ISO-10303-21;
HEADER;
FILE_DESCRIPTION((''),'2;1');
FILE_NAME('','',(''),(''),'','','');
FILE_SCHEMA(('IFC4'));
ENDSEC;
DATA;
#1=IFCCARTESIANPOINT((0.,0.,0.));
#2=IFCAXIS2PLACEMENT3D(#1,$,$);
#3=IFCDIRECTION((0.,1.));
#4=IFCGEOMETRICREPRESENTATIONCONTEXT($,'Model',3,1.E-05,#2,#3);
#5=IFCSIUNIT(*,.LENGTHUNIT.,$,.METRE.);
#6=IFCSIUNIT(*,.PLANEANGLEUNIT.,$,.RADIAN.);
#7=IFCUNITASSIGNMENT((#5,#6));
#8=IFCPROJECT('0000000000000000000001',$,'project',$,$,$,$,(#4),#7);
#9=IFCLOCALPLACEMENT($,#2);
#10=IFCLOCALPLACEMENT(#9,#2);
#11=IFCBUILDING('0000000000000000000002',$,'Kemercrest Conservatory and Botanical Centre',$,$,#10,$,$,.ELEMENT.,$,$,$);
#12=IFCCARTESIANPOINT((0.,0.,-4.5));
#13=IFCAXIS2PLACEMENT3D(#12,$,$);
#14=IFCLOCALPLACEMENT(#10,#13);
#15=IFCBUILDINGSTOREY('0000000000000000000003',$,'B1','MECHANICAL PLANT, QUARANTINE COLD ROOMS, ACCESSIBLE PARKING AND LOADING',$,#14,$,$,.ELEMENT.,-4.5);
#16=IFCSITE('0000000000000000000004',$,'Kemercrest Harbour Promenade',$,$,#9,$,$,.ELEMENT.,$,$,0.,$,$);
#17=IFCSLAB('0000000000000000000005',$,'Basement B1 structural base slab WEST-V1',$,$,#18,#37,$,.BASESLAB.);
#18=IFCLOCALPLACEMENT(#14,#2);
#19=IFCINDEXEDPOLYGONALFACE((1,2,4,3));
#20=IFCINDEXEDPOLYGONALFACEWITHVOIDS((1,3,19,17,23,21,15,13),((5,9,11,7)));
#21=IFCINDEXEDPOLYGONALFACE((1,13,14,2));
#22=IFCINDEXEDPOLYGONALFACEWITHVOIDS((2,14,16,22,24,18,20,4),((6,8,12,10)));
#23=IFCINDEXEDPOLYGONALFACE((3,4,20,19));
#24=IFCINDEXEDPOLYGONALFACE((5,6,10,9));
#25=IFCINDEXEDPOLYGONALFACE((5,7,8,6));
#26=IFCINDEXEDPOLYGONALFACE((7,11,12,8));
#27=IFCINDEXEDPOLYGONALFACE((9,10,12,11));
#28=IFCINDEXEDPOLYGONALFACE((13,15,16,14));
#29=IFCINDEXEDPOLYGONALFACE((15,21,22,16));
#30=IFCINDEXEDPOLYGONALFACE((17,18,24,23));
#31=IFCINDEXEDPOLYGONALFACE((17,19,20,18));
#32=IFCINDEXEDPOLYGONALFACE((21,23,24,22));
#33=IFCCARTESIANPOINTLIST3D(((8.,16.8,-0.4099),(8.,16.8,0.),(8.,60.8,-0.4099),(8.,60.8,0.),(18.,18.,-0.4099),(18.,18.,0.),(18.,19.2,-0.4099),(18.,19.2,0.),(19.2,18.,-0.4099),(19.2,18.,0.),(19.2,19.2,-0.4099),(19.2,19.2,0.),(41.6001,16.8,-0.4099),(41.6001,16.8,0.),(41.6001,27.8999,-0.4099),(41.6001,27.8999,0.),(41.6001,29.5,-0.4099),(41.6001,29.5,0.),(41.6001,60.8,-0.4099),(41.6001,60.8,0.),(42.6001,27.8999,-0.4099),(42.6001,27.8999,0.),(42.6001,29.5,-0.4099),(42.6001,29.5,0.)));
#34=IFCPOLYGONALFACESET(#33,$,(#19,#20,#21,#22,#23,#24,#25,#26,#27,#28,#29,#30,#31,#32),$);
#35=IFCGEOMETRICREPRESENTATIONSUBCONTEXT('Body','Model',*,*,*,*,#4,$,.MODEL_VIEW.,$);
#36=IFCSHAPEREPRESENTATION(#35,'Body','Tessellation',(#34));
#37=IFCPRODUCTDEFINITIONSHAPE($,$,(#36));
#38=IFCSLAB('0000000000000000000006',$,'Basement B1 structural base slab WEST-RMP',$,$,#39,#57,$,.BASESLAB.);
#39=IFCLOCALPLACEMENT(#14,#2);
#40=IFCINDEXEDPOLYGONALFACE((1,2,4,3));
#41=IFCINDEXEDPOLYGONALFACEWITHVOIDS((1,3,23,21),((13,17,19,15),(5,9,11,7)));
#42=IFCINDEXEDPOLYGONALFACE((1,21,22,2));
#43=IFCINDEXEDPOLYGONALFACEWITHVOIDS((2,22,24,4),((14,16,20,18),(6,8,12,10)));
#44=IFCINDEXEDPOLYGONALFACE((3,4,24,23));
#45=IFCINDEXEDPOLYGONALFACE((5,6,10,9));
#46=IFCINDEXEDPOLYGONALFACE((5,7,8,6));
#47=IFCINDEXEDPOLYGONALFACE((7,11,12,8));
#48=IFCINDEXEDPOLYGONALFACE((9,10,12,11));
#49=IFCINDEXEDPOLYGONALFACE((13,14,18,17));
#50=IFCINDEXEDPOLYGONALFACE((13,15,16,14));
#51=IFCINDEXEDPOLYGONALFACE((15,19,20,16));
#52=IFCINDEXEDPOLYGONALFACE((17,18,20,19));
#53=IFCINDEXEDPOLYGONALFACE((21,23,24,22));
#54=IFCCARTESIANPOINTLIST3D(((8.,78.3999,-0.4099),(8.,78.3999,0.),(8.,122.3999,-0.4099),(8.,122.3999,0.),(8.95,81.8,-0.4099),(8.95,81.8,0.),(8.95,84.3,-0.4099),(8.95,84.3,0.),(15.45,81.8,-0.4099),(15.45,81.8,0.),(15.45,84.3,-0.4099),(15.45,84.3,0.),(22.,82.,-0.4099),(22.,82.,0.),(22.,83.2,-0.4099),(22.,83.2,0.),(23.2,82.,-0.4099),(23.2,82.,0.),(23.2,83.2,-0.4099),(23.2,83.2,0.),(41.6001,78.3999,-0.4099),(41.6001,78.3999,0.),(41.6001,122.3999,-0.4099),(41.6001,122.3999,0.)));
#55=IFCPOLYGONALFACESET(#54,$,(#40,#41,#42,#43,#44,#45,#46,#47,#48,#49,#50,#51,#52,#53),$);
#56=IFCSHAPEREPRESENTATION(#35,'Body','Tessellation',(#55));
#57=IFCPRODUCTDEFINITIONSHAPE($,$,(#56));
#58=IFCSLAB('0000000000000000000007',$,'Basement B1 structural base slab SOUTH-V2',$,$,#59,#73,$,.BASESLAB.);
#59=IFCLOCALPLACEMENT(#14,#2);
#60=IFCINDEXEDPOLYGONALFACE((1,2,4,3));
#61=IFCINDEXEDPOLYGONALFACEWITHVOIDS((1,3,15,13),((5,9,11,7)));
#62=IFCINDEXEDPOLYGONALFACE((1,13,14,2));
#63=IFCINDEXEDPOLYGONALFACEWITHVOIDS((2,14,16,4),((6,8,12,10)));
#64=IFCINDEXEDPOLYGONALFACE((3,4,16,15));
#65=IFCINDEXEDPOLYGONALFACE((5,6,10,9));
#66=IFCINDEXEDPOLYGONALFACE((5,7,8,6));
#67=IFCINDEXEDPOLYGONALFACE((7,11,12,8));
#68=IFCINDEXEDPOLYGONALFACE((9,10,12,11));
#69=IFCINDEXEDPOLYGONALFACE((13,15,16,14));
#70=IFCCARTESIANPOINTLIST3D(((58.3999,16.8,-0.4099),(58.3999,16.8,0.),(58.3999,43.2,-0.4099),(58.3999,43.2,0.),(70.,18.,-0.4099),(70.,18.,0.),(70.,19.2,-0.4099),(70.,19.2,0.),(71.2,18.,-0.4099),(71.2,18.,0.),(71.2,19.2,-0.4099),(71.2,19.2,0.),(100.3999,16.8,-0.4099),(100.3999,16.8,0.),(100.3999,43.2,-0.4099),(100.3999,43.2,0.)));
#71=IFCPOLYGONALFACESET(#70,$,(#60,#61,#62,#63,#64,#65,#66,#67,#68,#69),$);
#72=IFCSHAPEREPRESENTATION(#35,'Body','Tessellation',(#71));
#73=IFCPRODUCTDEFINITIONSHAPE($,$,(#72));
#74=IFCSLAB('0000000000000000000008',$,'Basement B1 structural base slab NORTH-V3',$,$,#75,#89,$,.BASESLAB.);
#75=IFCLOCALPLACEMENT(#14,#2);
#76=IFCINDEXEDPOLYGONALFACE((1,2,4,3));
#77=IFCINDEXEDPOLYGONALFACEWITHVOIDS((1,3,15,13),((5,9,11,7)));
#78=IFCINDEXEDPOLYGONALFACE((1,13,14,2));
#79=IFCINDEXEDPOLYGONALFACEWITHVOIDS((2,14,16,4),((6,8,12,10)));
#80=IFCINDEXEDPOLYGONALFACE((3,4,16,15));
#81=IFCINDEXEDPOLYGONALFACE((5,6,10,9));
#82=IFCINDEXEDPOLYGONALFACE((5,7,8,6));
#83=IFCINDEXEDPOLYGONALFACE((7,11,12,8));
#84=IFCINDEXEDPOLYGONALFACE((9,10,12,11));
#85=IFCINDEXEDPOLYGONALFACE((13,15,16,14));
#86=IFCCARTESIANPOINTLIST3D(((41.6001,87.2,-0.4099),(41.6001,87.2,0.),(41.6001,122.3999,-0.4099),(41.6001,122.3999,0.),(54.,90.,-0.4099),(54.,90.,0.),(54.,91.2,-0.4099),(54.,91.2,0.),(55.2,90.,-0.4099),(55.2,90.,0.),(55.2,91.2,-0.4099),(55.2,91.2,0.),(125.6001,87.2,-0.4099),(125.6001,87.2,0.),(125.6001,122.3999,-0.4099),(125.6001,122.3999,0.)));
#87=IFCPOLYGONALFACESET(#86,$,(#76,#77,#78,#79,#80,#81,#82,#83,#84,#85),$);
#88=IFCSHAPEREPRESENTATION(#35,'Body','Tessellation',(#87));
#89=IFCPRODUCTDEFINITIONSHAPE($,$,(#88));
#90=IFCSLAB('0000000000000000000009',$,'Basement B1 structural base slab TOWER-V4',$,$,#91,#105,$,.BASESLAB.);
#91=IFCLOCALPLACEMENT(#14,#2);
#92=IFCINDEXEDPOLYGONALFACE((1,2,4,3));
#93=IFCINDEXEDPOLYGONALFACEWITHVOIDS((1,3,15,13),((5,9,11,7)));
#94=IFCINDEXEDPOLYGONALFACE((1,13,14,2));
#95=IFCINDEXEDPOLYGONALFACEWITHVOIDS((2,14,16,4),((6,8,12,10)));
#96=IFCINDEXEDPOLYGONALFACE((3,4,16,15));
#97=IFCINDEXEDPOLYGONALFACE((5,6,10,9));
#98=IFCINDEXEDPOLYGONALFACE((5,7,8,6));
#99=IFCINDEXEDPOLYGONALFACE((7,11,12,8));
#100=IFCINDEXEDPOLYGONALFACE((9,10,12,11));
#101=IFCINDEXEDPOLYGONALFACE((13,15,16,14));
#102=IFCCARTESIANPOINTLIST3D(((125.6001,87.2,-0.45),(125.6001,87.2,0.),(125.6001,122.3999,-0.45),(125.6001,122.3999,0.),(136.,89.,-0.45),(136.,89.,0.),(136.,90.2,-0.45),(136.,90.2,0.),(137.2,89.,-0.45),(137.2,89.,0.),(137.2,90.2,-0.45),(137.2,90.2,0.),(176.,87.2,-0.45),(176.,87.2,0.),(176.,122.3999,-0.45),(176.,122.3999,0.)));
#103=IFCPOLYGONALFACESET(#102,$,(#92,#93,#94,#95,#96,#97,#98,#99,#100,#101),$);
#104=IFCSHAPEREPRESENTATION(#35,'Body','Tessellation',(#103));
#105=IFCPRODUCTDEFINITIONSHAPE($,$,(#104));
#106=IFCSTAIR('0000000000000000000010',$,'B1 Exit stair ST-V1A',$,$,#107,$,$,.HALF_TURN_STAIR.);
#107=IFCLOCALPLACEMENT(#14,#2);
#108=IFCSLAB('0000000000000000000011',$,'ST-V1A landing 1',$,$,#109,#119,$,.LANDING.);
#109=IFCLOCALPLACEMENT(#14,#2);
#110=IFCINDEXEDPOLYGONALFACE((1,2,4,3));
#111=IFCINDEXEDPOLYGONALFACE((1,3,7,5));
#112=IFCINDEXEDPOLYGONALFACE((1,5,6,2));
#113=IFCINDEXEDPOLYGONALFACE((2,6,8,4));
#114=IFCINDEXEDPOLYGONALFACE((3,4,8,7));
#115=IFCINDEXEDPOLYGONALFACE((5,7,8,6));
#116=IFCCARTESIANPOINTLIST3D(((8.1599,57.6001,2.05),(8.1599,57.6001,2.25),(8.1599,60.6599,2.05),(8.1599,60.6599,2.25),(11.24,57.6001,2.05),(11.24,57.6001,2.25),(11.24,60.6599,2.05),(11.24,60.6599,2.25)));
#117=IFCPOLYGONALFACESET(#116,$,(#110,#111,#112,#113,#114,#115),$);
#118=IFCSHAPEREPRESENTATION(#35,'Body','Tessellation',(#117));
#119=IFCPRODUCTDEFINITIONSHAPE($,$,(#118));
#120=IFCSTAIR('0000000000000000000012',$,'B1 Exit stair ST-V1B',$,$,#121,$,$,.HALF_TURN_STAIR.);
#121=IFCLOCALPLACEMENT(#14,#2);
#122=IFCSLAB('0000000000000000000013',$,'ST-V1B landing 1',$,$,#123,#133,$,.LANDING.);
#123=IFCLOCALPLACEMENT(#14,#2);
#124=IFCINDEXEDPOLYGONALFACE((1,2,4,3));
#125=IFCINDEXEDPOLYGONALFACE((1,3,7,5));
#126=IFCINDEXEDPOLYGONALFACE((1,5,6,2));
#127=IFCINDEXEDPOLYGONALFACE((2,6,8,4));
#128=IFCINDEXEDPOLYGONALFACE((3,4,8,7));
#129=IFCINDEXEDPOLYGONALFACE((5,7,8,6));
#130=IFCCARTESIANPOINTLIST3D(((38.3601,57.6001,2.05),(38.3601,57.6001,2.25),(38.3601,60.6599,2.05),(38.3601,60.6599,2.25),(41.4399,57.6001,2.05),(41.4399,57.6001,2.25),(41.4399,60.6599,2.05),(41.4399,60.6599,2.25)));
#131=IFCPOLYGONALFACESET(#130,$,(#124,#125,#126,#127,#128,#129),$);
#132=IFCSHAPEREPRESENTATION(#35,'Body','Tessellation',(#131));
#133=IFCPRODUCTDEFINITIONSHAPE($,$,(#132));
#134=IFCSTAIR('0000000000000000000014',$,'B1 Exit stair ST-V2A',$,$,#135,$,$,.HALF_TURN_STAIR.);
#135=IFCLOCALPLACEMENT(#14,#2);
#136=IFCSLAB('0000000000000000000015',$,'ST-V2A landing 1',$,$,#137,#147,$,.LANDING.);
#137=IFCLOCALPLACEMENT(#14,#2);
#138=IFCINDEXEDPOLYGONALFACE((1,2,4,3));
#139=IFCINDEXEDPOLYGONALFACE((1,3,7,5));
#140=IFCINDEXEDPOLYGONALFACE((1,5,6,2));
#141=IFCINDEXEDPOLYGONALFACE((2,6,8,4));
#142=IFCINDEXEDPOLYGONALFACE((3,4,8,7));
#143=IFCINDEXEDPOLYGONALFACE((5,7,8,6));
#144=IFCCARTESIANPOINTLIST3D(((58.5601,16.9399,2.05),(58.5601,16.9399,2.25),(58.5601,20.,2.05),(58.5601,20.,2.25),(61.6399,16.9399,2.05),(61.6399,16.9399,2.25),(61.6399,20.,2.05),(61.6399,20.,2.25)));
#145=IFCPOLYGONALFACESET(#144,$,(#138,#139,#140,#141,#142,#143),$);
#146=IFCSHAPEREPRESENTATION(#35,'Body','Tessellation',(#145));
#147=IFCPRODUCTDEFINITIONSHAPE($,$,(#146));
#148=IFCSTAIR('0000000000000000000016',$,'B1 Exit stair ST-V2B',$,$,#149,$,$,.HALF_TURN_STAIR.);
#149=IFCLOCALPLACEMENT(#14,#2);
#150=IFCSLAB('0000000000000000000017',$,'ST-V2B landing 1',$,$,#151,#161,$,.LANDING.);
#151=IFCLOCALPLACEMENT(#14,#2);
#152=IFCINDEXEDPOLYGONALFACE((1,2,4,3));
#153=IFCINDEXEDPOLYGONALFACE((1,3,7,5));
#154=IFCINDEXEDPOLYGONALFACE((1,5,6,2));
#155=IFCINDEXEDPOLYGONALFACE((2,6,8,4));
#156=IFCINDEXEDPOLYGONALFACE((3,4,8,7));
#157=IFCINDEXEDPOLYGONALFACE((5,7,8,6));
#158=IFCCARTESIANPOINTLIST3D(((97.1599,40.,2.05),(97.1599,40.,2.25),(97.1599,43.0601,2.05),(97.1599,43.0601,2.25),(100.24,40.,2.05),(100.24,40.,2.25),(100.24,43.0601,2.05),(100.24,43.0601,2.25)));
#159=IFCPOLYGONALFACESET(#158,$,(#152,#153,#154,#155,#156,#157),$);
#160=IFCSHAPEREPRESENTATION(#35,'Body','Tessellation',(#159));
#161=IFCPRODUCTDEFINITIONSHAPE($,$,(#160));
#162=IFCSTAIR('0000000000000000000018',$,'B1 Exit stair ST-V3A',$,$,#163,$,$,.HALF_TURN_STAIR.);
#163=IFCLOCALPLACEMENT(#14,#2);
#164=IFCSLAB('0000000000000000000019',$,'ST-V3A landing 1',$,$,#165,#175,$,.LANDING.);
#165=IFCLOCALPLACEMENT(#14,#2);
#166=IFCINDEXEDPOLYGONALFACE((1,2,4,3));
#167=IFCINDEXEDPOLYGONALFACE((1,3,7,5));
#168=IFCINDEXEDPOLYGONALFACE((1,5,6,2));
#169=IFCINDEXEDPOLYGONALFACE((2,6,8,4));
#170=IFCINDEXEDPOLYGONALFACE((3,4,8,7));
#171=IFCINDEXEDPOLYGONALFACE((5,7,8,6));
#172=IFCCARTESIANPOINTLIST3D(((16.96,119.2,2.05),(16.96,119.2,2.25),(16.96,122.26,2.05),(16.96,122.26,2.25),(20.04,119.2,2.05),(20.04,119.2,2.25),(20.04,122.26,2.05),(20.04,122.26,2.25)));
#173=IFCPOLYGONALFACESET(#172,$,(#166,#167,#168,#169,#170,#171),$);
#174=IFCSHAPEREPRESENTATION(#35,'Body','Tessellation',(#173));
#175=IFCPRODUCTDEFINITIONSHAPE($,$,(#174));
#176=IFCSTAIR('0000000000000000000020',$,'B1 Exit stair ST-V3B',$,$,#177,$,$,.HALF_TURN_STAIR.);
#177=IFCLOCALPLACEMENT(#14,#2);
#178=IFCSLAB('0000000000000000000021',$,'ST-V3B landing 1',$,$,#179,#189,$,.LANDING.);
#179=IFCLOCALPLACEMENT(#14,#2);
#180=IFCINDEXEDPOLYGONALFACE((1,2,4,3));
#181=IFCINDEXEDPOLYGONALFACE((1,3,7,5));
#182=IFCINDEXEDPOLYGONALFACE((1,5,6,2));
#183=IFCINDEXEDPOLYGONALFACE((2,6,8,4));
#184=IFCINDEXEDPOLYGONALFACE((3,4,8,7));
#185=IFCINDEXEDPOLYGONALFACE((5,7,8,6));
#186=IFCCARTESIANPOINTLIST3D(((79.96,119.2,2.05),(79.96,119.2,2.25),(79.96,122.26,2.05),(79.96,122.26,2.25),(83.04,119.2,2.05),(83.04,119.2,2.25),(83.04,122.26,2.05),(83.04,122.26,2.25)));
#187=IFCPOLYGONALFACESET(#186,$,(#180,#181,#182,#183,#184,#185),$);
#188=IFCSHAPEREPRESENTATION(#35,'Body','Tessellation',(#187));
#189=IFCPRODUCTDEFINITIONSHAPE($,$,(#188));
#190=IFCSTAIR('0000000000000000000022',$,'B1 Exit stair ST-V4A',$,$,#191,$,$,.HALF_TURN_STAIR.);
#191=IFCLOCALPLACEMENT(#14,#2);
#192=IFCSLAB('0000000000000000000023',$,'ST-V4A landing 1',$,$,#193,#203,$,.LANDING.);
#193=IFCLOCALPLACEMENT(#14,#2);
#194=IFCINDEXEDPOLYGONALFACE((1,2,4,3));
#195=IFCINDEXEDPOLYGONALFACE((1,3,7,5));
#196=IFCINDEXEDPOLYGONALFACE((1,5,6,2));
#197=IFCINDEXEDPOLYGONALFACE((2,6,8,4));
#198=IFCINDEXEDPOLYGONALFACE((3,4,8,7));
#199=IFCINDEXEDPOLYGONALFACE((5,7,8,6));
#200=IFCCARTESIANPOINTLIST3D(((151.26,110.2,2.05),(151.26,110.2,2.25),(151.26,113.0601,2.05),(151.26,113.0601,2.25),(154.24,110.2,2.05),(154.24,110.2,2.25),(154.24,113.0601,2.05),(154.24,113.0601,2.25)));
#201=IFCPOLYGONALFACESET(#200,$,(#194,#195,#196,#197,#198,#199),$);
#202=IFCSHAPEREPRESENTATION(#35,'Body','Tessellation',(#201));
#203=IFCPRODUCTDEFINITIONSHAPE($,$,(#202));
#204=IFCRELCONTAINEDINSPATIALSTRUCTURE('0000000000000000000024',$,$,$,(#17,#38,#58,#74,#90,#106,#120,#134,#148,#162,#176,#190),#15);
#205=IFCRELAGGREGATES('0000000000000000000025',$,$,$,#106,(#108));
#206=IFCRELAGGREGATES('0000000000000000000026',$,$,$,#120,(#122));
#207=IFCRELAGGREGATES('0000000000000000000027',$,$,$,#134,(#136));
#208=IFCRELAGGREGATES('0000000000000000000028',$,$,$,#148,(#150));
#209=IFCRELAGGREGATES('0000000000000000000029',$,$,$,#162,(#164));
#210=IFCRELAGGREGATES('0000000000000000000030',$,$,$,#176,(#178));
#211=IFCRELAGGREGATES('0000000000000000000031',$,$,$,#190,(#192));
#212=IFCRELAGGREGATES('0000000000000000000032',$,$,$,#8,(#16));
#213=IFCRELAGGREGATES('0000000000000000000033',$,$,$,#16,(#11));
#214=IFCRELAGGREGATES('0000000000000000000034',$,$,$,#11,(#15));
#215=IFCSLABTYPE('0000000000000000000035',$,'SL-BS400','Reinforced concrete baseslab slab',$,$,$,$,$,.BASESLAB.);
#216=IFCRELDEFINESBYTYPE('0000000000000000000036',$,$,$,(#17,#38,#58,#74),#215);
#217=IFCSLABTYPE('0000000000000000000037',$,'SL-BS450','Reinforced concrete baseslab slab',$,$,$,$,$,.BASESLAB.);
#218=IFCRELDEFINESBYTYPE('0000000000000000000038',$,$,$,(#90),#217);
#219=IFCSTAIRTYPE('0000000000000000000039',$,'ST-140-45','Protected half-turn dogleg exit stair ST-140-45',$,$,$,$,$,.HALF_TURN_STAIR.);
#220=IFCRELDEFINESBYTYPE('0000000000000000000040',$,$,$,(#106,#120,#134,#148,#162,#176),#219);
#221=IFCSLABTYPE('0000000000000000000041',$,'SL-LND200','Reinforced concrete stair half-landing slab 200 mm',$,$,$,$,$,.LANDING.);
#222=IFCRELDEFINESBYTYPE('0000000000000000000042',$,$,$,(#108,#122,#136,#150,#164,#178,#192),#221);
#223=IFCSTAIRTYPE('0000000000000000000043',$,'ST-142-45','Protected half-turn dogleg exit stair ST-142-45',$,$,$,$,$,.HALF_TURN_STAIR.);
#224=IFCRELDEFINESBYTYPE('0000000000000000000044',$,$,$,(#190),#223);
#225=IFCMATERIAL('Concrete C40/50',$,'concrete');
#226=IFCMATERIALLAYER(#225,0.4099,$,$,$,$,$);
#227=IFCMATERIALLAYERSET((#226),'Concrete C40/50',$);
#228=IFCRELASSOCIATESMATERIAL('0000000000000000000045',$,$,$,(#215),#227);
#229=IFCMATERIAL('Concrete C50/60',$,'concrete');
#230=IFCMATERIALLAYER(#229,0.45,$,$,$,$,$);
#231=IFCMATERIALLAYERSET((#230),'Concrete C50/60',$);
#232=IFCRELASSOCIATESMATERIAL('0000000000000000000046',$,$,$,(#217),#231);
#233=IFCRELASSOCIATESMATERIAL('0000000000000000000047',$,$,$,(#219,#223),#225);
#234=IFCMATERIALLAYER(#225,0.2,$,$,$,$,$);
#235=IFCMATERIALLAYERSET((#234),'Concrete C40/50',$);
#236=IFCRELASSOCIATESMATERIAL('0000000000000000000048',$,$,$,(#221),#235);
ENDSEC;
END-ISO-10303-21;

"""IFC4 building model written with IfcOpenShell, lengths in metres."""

from ifc_helpers import new_model, si_unit, direction, frame, origin, place, context, subcontext, project, spatial, polyline, outline, extrude, material, layer, layer_set, type_object, element, aggregate, save


model = new_model("IFC4")

# Units and contexts
model_context = context("Model", 3, precision=1e-05, world=origin(), true_north=direction((0.0, 1.0)))
body_context = subcontext(model_context, "Body", "Model", "MODEL_VIEW")
ifc_project = project(units=[si_unit("LENGTHUNIT", "METRE"), si_unit("PLANEANGLEUNIT", "RADIAN")], contexts=[model_context])

# Site, building, storey
site_placement = place(None, origin())
site = spatial("IfcSite", under=ifc_project, at=site_placement, Name="Kemercrest Harbour Promenade", CompositionType="ELEMENT", RefElevation=0.0)
building_placement = place(site_placement, origin())
building = spatial("IfcBuilding", under=site, at=building_placement, Name="Kemercrest Conservatory and Botanical Centre", CompositionType="ELEMENT")
storey_placement = place(building_placement, frame((0.0, 0.0, -4.5)))
storey = spatial("IfcBuildingStorey", under=building, at=storey_placement, Name="B1", Description="MECHANICAL PLANT, QUARANTINE COLD ROOMS, ACCESSIBLE PARKING AND LOADING", CompositionType="ELEMENT", Elevation=-4.5)

# Slabs
ifc_material_1 = material(Name="Concrete C40/50", Category="concrete")
ifc_layer_1 = layer(ifc_material_1, 0.4099)
ifc_layer_set_1 = layer_set([ifc_layer_1], Name="Concrete C40/50")
slab_type_1 = type_object("IfcSlabType", Name="SL-BS400", Description="Reinforced concrete baseslab slab", PredefinedType="BASESLAB", material=ifc_layer_set_1)
slab_1_placement = place(storey_placement, frame((0.0, 0.0, -0.4099)))
element("IfcSlab", 1, at=slab_1_placement, inside=storey, type_object=slab_type_1, Name="Basement B1 structural base slab WEST-V1", PredefinedType="BASESLAB", context=body_context, shape_type="SweptSolid", body=[
    extrude(outline(polyline([(8.0, 16.8), (41.6001, 16.8), (41.6001, 27.8999), (42.6001, 27.8999), (42.6001, 29.5), (41.6001, 29.5), (41.6001, 60.8), (8.0, 60.8), (8.0, 16.8)]), holes=[polyline([(18.0, 18.0), (19.2, 18.0), (19.2, 19.2), (18.0, 19.2), (18.0, 18.0)])]), origin(), (0.0, 0.0, 1.0), 0.4099),
])
slab_2_placement = place(storey_placement, frame((0.0, 0.0, -0.4099)))
element("IfcSlab", 2, at=slab_2_placement, inside=storey, type_object=slab_type_1, Name="Basement B1 structural base slab WEST-RMP", PredefinedType="BASESLAB", context=body_context, shape_type="SweptSolid", body=[
    extrude(outline(polyline([(8.0, 78.3999), (41.6001, 78.3999), (41.6001, 122.3999), (8.0, 122.3999), (8.0, 78.3999)]), holes=[polyline([(22.0, 82.0), (23.2, 82.0), (23.2, 83.2), (22.0, 83.2), (22.0, 82.0)]), polyline([(8.95, 81.8), (15.45, 81.8), (15.45, 84.3), (8.95, 84.3), (8.95, 81.8)])]), origin(), (0.0, 0.0, 1.0), 0.4099),
])
slab_3_placement = place(storey_placement, frame((0.0, 0.0, -0.4099)))
element("IfcSlab", 3, at=slab_3_placement, inside=storey, type_object=slab_type_1, Name="Basement B1 structural base slab SOUTH-V2", PredefinedType="BASESLAB", context=body_context, shape_type="SweptSolid", body=[
    extrude(outline(polyline([(58.3999, 16.8), (100.3999, 16.8), (100.3999, 43.2), (58.3999, 43.2), (58.3999, 16.8)]), holes=[polyline([(70.0, 18.0), (71.2, 18.0), (71.2, 19.2), (70.0, 19.2), (70.0, 18.0)])]), origin(), (0.0, 0.0, 1.0), 0.4099),
])
slab_4_placement = place(storey_placement, frame((0.0, 0.0, -0.4099)))
element("IfcSlab", 4, at=slab_4_placement, inside=storey, type_object=slab_type_1, Name="Basement B1 structural base slab NORTH-V3", PredefinedType="BASESLAB", context=body_context, shape_type="SweptSolid", body=[
    extrude(outline(polyline([(41.6001, 87.2), (125.6001, 87.2), (125.6001, 122.3999), (41.6001, 122.3999), (41.6001, 87.2)]), holes=[polyline([(54.0, 90.0), (55.2, 90.0), (55.2, 91.2), (54.0, 91.2), (54.0, 90.0)])]), origin(), (0.0, 0.0, 1.0), 0.4099),
])
ifc_material_2 = material(Name="Concrete C50/60", Category="concrete")
ifc_layer_2 = layer(ifc_material_2, 0.45)
ifc_layer_set_2 = layer_set([ifc_layer_2], Name="Concrete C50/60")
slab_type_2 = type_object("IfcSlabType", Name="SL-BS450", Description="Reinforced concrete baseslab slab", PredefinedType="BASESLAB", material=ifc_layer_set_2)
slab_5_placement = place(storey_placement, frame((0.0, 0.0, -0.45)))
element("IfcSlab", 5, at=slab_5_placement, inside=storey, type_object=slab_type_2, Name="Basement B1 structural base slab TOWER-V4", PredefinedType="BASESLAB", context=body_context, shape_type="SweptSolid", body=[
    extrude(outline(polyline([(125.6001, 87.2), (176.0, 87.2), (176.0, 122.3999), (125.6001, 122.3999), (125.6001, 87.2)]), holes=[polyline([(136.0, 89.0), (137.2, 89.0), (137.2, 90.2), (136.0, 90.2), (136.0, 89.0)])]), origin(), (0.0, 0.0, 1.0), 0.45),
])

# Stairs, slabs
stair_type_1 = type_object("IfcStairType", Name="ST-140-45", Description="Protected half-turn dogleg exit stair ST-140-45", PredefinedType="HALF_TURN_STAIR", material=ifc_material_1)
stair_1_placement = place(storey_placement, origin())
stair_1 = element("IfcStair", 6, at=stair_1_placement, inside=storey, type_object=stair_type_1, Name="B1 Exit stair ST-V1A", PredefinedType="HALF_TURN_STAIR")
ifc_layer_3 = layer(ifc_material_1, 0.2)
ifc_layer_set_3 = layer_set([ifc_layer_3], Name="Concrete C40/50")
slab_type_3 = type_object("IfcSlabType", Name="SL-LND200", Description="Reinforced concrete stair half-landing slab 200 mm", PredefinedType="LANDING", material=ifc_layer_set_3)
slab_6_placement = place(storey_placement, frame((0.0, 0.0, 2.05)))
slab_6 = element("IfcSlab", 7, at=slab_6_placement, type_object=slab_type_3, Name="ST-V1A landing 1", PredefinedType="LANDING", context=body_context, shape_type="SweptSolid", body=[
    extrude(outline(polyline([(11.24, 57.6001), (11.24, 60.6599), (8.1599, 60.6599), (8.1599, 57.6001), (11.24, 57.6001)])), origin(), (0.0, 0.0, 1.0), 0.2),
])
aggregate(stair_1, [slab_6])
stair_2_placement = place(storey_placement, origin())
stair_2 = element("IfcStair", 8, at=stair_2_placement, inside=storey, type_object=stair_type_1, Name="B1 Exit stair ST-V1B", PredefinedType="HALF_TURN_STAIR")
slab_7_placement = place(storey_placement, frame((0.0, 0.0, 2.05)))
slab_7 = element("IfcSlab", 9, at=slab_7_placement, type_object=slab_type_3, Name="ST-V1B landing 1", PredefinedType="LANDING", context=body_context, shape_type="SweptSolid", body=[
    extrude(outline(polyline([(41.4399, 57.6001), (41.4399, 60.6599), (38.3601, 60.6599), (38.3601, 57.6001), (41.4399, 57.6001)])), origin(), (0.0, 0.0, 1.0), 0.2),
])
aggregate(stair_2, [slab_7])
stair_3_placement = place(storey_placement, origin())
stair_3 = element("IfcStair", 10, at=stair_3_placement, inside=storey, type_object=stair_type_1, Name="B1 Exit stair ST-V2A", PredefinedType="HALF_TURN_STAIR")
slab_8_placement = place(storey_placement, frame((0.0, 0.0, 2.05)))
slab_8 = element("IfcSlab", 11, at=slab_8_placement, type_object=slab_type_3, Name="ST-V2A landing 1", PredefinedType="LANDING", context=body_context, shape_type="SweptSolid", body=[
    extrude(outline(polyline([(58.5601, 20.0), (58.5601, 16.9399), (61.6399, 16.9399), (61.6399, 20.0), (58.5601, 20.0)])), origin(), (0.0, 0.0, 1.0), 0.2),
])
aggregate(stair_3, [slab_8])
stair_4_placement = place(storey_placement, origin())
stair_4 = element("IfcStair", 12, at=stair_4_placement, inside=storey, type_object=stair_type_1, Name="B1 Exit stair ST-V2B", PredefinedType="HALF_TURN_STAIR")
slab_9_placement = place(storey_placement, frame((0.0, 0.0, 2.05)))
slab_9 = element("IfcSlab", 13, at=slab_9_placement, type_object=slab_type_3, Name="ST-V2B landing 1", PredefinedType="LANDING", context=body_context, shape_type="SweptSolid", body=[
    extrude(outline(polyline([(100.24, 40.0), (100.24, 43.0601), (97.1599, 43.0601), (97.1599, 40.0), (100.24, 40.0)])), origin(), (0.0, 0.0, 1.0), 0.2),
])
aggregate(stair_4, [slab_9])
stair_5_placement = place(storey_placement, origin())
stair_5 = element("IfcStair", 14, at=stair_5_placement, inside=storey, type_object=stair_type_1, Name="B1 Exit stair ST-V3A", PredefinedType="HALF_TURN_STAIR")
slab_10_placement = place(storey_placement, frame((0.0, 0.0, 2.05)))
slab_10 = element("IfcSlab", 15, at=slab_10_placement, type_object=slab_type_3, Name="ST-V3A landing 1", PredefinedType="LANDING", context=body_context, shape_type="SweptSolid", body=[
    extrude(outline(polyline([(20.04, 119.2), (20.04, 122.26), (16.96, 122.26), (16.96, 119.2), (20.04, 119.2)])), origin(), (0.0, 0.0, 1.0), 0.2),
])
aggregate(stair_5, [slab_10])
stair_6_placement = place(storey_placement, origin())
stair_6 = element("IfcStair", 16, at=stair_6_placement, inside=storey, type_object=stair_type_1, Name="B1 Exit stair ST-V3B", PredefinedType="HALF_TURN_STAIR")
slab_11_placement = place(storey_placement, frame((0.0, 0.0, 2.05)))
slab_11 = element("IfcSlab", 17, at=slab_11_placement, type_object=slab_type_3, Name="ST-V3B landing 1", PredefinedType="LANDING", context=body_context, shape_type="SweptSolid", body=[
    extrude(outline(polyline([(83.04, 119.2), (83.04, 122.26), (79.96, 122.26), (79.96, 119.2), (83.04, 119.2)])), origin(), (0.0, 0.0, 1.0), 0.2),
])
aggregate(stair_6, [slab_11])
stair_type_2 = type_object("IfcStairType", Name="ST-142-45", Description="Protected half-turn dogleg exit stair ST-142-45", PredefinedType="HALF_TURN_STAIR", material=ifc_material_1)
stair_7_placement = place(storey_placement, origin())
stair_7 = element("IfcStair", 18, at=stair_7_placement, inside=storey, type_object=stair_type_2, Name="B1 Exit stair ST-V4A", PredefinedType="HALF_TURN_STAIR")
slab_12_placement = place(storey_placement, frame((0.0, 0.0, 2.05)))
slab_12 = element("IfcSlab", 19, at=slab_12_placement, type_object=slab_type_3, Name="ST-V4A landing 1", PredefinedType="LANDING", context=body_context, shape_type="SweptSolid", body=[
    extrude(outline(polyline([(154.24, 110.2), (154.24, 113.0601), (151.26, 113.0601), (151.26, 110.2), (154.24, 110.2)])), origin(), (0.0, 0.0, 1.0), 0.2),
])
aggregate(stair_7, [slab_12])

save(model, "model.ifc")
